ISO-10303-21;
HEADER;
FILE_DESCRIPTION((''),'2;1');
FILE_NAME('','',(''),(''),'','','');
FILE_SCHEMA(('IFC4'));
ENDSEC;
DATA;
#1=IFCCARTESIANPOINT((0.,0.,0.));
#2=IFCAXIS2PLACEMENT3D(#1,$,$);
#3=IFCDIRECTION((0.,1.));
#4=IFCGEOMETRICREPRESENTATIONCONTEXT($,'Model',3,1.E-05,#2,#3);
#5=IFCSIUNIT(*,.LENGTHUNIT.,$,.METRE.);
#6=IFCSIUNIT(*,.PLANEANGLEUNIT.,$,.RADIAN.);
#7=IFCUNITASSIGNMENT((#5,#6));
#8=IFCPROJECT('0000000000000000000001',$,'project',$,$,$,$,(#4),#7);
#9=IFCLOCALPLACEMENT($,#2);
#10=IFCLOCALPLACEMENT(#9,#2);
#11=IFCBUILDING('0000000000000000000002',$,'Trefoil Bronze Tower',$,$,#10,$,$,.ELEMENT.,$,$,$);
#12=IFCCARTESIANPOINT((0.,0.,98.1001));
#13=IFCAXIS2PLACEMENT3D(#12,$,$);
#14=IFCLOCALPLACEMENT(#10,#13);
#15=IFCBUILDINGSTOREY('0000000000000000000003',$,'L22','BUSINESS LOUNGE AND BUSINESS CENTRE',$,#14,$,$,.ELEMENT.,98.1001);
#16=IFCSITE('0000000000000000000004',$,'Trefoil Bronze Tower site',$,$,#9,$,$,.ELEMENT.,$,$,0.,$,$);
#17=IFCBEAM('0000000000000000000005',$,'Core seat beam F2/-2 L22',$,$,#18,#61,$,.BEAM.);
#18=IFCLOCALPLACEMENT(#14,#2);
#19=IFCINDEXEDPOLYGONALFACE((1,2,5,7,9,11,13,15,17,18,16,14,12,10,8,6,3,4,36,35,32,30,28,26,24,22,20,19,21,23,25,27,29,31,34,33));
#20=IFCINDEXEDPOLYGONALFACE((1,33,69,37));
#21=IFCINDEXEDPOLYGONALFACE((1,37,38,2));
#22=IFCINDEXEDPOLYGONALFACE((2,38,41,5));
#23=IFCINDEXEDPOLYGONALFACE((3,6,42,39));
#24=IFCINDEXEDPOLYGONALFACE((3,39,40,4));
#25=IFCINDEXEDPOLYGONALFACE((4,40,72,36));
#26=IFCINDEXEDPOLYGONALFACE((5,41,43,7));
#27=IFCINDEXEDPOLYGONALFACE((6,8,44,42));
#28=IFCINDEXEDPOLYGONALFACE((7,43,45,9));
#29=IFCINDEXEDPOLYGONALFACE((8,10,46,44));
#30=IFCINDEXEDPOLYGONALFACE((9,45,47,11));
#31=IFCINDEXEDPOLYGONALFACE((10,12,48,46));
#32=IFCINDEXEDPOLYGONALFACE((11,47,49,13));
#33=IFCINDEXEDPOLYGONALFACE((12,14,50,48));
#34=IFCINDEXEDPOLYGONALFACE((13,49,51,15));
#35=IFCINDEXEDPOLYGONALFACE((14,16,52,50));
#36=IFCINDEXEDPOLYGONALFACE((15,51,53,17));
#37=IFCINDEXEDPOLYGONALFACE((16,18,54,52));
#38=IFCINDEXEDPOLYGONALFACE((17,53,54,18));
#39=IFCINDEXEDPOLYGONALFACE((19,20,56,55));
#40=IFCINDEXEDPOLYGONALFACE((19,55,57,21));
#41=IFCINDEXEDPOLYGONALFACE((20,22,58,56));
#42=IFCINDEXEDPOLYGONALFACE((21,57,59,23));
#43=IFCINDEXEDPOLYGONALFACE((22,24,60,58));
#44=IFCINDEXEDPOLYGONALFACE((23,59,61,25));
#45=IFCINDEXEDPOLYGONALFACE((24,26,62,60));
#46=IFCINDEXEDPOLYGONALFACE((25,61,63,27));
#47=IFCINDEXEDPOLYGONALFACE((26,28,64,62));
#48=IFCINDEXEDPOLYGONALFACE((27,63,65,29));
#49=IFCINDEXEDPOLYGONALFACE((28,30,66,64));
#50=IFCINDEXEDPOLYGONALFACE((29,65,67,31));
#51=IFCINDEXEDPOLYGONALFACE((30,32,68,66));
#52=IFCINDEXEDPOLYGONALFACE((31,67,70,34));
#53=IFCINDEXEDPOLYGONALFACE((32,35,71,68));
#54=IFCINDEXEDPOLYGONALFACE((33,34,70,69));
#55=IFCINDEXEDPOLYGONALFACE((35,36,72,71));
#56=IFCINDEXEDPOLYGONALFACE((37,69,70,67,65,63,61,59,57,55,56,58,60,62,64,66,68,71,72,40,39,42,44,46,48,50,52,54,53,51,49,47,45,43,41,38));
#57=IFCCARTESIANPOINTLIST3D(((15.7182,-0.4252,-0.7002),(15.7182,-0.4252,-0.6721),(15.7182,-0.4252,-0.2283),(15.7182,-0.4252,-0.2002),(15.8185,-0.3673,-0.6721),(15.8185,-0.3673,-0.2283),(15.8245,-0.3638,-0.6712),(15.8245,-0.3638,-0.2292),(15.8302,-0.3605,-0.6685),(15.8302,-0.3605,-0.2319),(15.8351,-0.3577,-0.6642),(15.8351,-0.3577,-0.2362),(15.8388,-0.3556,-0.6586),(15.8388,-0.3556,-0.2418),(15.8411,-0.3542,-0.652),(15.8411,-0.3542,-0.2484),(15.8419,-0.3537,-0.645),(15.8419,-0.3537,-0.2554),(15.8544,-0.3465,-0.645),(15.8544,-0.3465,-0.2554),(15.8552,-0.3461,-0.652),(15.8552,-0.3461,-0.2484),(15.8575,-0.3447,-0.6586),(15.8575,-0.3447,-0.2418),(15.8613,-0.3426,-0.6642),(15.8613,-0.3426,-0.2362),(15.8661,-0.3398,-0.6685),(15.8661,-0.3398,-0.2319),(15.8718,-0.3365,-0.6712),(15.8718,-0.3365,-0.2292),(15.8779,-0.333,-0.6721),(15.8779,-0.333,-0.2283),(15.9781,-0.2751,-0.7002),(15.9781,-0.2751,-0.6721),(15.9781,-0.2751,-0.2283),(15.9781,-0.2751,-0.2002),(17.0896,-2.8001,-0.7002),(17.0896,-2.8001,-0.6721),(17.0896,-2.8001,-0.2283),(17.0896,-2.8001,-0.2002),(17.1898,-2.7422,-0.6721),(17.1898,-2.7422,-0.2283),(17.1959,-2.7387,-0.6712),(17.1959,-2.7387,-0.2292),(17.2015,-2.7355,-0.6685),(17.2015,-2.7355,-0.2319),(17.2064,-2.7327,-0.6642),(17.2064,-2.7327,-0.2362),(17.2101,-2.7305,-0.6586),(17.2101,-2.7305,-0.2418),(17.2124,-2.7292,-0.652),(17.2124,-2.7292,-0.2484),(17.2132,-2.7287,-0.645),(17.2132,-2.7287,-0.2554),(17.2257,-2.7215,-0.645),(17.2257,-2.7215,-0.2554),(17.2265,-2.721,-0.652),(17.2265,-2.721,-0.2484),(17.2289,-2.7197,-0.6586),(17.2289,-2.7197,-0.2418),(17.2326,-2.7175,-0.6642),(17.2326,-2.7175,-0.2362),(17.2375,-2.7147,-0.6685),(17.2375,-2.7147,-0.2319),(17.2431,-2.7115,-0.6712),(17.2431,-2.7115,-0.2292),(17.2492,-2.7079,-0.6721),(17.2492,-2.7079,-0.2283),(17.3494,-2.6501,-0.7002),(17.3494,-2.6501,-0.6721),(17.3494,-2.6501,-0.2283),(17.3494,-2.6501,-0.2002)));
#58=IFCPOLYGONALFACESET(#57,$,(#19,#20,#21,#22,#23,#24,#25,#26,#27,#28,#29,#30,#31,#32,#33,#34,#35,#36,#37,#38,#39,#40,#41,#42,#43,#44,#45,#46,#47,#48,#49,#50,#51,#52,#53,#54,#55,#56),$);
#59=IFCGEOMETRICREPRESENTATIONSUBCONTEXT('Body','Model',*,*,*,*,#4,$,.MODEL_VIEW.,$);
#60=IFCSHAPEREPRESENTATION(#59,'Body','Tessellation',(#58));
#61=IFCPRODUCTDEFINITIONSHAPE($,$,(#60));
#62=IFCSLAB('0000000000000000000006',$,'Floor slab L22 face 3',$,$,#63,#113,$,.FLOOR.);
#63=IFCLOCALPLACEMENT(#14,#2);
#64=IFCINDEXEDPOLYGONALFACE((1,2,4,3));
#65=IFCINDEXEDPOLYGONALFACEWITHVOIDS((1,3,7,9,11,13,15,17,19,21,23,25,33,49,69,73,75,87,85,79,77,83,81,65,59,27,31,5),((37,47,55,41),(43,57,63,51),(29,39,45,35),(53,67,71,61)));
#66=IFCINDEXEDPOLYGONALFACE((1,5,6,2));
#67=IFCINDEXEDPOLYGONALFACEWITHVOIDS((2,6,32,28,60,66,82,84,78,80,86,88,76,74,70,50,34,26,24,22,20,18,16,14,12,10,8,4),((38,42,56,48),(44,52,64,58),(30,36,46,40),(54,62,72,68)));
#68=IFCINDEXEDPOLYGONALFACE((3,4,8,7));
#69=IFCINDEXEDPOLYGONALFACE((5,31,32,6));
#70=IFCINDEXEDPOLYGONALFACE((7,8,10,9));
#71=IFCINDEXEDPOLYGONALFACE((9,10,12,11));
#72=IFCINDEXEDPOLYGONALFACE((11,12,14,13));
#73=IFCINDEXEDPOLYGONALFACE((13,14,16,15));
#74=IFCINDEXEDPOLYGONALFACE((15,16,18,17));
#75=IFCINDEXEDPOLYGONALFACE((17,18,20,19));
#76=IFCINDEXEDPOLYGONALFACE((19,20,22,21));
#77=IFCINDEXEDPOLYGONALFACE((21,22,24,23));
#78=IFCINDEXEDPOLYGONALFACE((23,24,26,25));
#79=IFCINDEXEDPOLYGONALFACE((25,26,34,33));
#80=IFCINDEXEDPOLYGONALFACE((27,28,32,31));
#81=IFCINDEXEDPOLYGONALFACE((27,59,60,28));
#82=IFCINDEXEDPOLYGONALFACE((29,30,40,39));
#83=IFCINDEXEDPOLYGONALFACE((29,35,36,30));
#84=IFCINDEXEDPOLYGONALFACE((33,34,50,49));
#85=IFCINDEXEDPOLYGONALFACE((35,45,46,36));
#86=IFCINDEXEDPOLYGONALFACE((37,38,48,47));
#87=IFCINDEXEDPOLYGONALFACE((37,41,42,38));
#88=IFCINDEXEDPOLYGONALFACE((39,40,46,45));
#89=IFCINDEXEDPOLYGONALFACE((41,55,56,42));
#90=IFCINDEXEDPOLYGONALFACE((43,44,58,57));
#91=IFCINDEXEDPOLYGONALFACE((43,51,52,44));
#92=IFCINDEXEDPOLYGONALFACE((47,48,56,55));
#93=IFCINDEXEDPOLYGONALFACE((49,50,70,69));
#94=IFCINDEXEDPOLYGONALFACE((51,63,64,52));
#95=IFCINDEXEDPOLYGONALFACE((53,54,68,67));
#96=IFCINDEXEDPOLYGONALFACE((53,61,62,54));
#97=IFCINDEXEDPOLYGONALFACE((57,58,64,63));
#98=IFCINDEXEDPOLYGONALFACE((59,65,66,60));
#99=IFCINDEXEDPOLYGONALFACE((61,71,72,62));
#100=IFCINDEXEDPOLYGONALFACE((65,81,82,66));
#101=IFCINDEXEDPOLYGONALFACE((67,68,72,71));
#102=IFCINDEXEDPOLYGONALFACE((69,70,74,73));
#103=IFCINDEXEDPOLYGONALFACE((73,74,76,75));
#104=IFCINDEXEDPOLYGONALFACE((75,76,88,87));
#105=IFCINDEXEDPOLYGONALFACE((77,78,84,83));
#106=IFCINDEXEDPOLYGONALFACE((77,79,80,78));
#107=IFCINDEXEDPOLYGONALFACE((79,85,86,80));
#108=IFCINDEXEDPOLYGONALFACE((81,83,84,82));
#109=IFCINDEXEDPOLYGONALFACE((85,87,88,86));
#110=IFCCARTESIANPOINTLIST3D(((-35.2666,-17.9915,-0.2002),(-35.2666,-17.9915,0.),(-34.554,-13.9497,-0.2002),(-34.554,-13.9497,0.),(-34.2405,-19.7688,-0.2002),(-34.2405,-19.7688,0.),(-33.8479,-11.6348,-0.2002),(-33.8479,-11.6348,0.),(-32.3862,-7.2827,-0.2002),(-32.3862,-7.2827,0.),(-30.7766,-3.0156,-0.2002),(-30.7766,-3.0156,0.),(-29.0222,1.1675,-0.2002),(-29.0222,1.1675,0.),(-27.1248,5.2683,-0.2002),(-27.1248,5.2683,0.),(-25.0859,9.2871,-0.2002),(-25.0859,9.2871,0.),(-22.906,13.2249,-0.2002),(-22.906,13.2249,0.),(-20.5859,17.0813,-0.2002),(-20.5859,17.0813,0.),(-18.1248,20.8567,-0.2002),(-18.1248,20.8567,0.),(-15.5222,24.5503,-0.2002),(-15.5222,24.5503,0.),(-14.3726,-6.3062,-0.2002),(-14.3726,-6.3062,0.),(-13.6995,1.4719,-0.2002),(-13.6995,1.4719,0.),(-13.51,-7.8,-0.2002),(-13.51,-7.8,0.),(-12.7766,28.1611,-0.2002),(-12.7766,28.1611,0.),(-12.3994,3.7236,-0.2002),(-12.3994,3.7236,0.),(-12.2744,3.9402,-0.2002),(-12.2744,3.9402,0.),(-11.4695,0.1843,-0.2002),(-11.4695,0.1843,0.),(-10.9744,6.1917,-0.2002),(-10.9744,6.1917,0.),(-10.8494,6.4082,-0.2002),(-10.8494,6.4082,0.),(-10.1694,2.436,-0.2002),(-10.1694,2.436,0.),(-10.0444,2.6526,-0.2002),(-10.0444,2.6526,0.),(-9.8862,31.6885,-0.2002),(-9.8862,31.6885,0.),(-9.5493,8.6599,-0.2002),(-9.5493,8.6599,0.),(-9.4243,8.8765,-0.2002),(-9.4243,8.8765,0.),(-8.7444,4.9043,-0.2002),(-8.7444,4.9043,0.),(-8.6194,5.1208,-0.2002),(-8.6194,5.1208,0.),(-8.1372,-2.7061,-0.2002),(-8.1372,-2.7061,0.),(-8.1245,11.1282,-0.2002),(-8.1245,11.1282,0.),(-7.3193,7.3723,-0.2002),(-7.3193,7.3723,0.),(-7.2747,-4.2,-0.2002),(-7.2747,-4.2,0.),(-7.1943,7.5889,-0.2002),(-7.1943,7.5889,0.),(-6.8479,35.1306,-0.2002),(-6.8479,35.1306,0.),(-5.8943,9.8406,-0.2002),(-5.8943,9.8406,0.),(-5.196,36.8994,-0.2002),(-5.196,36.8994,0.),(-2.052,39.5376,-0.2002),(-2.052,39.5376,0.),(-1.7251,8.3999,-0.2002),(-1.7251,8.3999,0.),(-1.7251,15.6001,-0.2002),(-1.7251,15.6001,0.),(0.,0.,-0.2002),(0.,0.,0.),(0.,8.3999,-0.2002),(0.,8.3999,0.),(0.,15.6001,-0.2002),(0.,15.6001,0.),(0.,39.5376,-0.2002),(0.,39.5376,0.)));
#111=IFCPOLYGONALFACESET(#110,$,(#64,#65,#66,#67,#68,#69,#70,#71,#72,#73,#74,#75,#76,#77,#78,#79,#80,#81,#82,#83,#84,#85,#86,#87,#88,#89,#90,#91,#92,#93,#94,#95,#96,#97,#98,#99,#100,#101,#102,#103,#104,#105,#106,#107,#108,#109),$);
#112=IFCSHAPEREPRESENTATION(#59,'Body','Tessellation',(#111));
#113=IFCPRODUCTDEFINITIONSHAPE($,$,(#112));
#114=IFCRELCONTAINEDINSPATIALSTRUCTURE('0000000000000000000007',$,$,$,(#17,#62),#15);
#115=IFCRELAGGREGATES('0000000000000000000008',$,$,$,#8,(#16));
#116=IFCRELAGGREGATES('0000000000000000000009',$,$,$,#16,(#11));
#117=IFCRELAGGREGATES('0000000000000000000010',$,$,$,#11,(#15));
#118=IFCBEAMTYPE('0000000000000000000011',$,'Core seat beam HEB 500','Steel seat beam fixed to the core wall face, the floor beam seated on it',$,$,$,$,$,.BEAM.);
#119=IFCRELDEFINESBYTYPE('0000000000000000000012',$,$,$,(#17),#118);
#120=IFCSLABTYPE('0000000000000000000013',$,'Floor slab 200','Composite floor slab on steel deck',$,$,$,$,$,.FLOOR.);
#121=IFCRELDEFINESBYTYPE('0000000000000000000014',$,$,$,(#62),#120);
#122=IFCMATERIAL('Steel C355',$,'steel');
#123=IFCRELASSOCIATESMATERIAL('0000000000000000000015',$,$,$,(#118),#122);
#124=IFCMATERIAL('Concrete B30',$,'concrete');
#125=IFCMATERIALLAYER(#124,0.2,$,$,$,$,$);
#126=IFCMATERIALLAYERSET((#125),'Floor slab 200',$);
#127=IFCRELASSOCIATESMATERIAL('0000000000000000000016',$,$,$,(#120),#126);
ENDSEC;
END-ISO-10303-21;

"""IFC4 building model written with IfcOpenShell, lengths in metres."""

from ifc_helpers import new_model, si_unit, direction, frame, origin, origin_2d, place, context, subcontext, project, spatial, polyline, i_section, outline, extrude, material, layer, layer_set, material_profile, profile_set, type_object, element, save


model = new_model("IFC4")

# Units and contexts
model_context = context("Model", 3, precision=1e-05, world=origin(), true_north=direction((0.0, 1.0)))
body_context = subcontext(model_context, "Body", "Model", "MODEL_VIEW")
ifc_project = project(units=[si_unit("LENGTHUNIT", "METRE"), si_unit("PLANEANGLEUNIT", "RADIAN")], contexts=[model_context])

# Site, building, storey
site_placement = place(None, origin())
site = spatial("IfcSite", under=ifc_project, at=site_placement, Name="Trefoil Bronze Tower site", CompositionType="ELEMENT", RefElevation=0.0)
building_placement = place(site_placement, origin())
building = spatial("IfcBuilding", under=site, at=building_placement, Name="Trefoil Bronze Tower", CompositionType="ELEMENT")
storey_placement = place(building_placement, frame((0.0, 0.0, 98.1001)))
storey = spatial("IfcBuildingStorey", under=building, at=storey_placement, Name="L22", Description="BUSINESS LOUNGE AND BUSINESS CENTRE", CompositionType="ELEMENT", Elevation=98.1001)

# Beam
ifc_material_1 = material(Name="Steel C355", Category="steel")
ifc_material_profile = material_profile(ifc_material_1, i_section(OverallWidth=0.3, OverallDepth=0.5, WebThickness=0.0144, FlangeThickness=0.0281, FilletRadius=0.0271, at=origin_2d()), Name="HEB 500")
ifc_profile_set = profile_set([ifc_material_profile], Name="Steel C355")
beam_type = type_object("IfcBeamType", Name="Core seat beam HEB 500", Description="Steel seat beam fixed to the core wall face, the floor beam seated on it", PredefinedType="BEAM", material=ifc_profile_set)
beam_placement = place(storey_placement, frame((17.2195, -2.7251, -0.4502), z_axis=(-0.500036, 0.866005, 0.0), x_axis=(-0.866005, -0.500036, 0.0)))
element("IfcBeam", 1, at=beam_placement, inside=storey, type_object=beam_type, Name="Core seat beam F2/-2 L22", PredefinedType="BEAM", context=body_context, shape_type="SweptSolid", body=[
    extrude(i_section(OverallWidth=0.3, OverallDepth=0.5, WebThickness=0.0144, FlangeThickness=0.0281, FilletRadius=0.0271, at=origin_2d()), origin(), (0.0, 0.0, 1.0), 2.7424),
])

# Slab
ifc_material_2 = material(Name="Concrete B30", Category="concrete")
ifc_layer_1 = layer(ifc_material_2, 0.2)
ifc_layer_set_1 = layer_set([ifc_layer_1], Name="Floor slab 200")
slab_type_1 = type_object("IfcSlabType", Name="Floor slab 200", Description="Composite floor slab on steel deck", PredefinedType="FLOOR", material=ifc_layer_set_1)
slab_1_placement = place(storey_placement, frame((0.0, 0.0, -0.2002)))
element("IfcSlab", 2, at=slab_1_placement, inside=storey, type_object=slab_type_1, Name="Floor slab L22 face 3", PredefinedType="FLOOR", context=body_context, shape_type="SweptSolid", body=[
    extrude(outline(polyline([(-32.3862, -7.2827), (-30.7766, -3.0156), (-29.0222, 1.1675), (-27.1248, 5.2683), (-25.0859, 9.2871), (-22.906, 13.2249), (-20.5859, 17.0813), (-18.1248, 20.8567), (-15.5222, 24.5503), (-12.7766, 28.1611), (-9.8862, 31.6885), (-6.8479, 35.1306), (-5.196, 36.8994), (-2.052, 39.5376), (0.0, 39.5376), (0.0, 15.6001), (-1.7251, 15.6001), (-1.7251, 8.3999), (0.0, 8.3999), (0.0, 0.0), (-7.2747, -4.2), (-8.1372, -2.7061), (-14.3726, -6.3062), (-13.51, -7.8), (-34.2405, -19.7688), (-35.2666, -17.9915), (-34.554, -13.9497), (-33.8479, -11.6348), (-32.3862, -7.2827)]), holes=[polyline([(-5.8943, 9.8406), (-7.1943, 7.5889), (-9.4243, 8.8765), (-8.1245, 11.1282), (-5.8943, 9.8406)]), polyline([(-7.3193, 7.3723), (-8.6194, 5.1208), (-10.8494, 6.4082), (-9.5493, 8.6599), (-7.3193, 7.3723)]), polyline([(-8.7444, 4.9043), (-10.0444, 2.6526), (-12.2744, 3.9402), (-10.9744, 6.1917), (-8.7444, 4.9043)]), polyline([(-10.1694, 2.436), (-11.4695, 0.1843), (-13.6995, 1.4719), (-12.3994, 3.7236), (-10.1694, 2.436)])]), origin(), (0.0, 0.0, 1.0), 0.2002),
])

save(model, "model.ifc")
